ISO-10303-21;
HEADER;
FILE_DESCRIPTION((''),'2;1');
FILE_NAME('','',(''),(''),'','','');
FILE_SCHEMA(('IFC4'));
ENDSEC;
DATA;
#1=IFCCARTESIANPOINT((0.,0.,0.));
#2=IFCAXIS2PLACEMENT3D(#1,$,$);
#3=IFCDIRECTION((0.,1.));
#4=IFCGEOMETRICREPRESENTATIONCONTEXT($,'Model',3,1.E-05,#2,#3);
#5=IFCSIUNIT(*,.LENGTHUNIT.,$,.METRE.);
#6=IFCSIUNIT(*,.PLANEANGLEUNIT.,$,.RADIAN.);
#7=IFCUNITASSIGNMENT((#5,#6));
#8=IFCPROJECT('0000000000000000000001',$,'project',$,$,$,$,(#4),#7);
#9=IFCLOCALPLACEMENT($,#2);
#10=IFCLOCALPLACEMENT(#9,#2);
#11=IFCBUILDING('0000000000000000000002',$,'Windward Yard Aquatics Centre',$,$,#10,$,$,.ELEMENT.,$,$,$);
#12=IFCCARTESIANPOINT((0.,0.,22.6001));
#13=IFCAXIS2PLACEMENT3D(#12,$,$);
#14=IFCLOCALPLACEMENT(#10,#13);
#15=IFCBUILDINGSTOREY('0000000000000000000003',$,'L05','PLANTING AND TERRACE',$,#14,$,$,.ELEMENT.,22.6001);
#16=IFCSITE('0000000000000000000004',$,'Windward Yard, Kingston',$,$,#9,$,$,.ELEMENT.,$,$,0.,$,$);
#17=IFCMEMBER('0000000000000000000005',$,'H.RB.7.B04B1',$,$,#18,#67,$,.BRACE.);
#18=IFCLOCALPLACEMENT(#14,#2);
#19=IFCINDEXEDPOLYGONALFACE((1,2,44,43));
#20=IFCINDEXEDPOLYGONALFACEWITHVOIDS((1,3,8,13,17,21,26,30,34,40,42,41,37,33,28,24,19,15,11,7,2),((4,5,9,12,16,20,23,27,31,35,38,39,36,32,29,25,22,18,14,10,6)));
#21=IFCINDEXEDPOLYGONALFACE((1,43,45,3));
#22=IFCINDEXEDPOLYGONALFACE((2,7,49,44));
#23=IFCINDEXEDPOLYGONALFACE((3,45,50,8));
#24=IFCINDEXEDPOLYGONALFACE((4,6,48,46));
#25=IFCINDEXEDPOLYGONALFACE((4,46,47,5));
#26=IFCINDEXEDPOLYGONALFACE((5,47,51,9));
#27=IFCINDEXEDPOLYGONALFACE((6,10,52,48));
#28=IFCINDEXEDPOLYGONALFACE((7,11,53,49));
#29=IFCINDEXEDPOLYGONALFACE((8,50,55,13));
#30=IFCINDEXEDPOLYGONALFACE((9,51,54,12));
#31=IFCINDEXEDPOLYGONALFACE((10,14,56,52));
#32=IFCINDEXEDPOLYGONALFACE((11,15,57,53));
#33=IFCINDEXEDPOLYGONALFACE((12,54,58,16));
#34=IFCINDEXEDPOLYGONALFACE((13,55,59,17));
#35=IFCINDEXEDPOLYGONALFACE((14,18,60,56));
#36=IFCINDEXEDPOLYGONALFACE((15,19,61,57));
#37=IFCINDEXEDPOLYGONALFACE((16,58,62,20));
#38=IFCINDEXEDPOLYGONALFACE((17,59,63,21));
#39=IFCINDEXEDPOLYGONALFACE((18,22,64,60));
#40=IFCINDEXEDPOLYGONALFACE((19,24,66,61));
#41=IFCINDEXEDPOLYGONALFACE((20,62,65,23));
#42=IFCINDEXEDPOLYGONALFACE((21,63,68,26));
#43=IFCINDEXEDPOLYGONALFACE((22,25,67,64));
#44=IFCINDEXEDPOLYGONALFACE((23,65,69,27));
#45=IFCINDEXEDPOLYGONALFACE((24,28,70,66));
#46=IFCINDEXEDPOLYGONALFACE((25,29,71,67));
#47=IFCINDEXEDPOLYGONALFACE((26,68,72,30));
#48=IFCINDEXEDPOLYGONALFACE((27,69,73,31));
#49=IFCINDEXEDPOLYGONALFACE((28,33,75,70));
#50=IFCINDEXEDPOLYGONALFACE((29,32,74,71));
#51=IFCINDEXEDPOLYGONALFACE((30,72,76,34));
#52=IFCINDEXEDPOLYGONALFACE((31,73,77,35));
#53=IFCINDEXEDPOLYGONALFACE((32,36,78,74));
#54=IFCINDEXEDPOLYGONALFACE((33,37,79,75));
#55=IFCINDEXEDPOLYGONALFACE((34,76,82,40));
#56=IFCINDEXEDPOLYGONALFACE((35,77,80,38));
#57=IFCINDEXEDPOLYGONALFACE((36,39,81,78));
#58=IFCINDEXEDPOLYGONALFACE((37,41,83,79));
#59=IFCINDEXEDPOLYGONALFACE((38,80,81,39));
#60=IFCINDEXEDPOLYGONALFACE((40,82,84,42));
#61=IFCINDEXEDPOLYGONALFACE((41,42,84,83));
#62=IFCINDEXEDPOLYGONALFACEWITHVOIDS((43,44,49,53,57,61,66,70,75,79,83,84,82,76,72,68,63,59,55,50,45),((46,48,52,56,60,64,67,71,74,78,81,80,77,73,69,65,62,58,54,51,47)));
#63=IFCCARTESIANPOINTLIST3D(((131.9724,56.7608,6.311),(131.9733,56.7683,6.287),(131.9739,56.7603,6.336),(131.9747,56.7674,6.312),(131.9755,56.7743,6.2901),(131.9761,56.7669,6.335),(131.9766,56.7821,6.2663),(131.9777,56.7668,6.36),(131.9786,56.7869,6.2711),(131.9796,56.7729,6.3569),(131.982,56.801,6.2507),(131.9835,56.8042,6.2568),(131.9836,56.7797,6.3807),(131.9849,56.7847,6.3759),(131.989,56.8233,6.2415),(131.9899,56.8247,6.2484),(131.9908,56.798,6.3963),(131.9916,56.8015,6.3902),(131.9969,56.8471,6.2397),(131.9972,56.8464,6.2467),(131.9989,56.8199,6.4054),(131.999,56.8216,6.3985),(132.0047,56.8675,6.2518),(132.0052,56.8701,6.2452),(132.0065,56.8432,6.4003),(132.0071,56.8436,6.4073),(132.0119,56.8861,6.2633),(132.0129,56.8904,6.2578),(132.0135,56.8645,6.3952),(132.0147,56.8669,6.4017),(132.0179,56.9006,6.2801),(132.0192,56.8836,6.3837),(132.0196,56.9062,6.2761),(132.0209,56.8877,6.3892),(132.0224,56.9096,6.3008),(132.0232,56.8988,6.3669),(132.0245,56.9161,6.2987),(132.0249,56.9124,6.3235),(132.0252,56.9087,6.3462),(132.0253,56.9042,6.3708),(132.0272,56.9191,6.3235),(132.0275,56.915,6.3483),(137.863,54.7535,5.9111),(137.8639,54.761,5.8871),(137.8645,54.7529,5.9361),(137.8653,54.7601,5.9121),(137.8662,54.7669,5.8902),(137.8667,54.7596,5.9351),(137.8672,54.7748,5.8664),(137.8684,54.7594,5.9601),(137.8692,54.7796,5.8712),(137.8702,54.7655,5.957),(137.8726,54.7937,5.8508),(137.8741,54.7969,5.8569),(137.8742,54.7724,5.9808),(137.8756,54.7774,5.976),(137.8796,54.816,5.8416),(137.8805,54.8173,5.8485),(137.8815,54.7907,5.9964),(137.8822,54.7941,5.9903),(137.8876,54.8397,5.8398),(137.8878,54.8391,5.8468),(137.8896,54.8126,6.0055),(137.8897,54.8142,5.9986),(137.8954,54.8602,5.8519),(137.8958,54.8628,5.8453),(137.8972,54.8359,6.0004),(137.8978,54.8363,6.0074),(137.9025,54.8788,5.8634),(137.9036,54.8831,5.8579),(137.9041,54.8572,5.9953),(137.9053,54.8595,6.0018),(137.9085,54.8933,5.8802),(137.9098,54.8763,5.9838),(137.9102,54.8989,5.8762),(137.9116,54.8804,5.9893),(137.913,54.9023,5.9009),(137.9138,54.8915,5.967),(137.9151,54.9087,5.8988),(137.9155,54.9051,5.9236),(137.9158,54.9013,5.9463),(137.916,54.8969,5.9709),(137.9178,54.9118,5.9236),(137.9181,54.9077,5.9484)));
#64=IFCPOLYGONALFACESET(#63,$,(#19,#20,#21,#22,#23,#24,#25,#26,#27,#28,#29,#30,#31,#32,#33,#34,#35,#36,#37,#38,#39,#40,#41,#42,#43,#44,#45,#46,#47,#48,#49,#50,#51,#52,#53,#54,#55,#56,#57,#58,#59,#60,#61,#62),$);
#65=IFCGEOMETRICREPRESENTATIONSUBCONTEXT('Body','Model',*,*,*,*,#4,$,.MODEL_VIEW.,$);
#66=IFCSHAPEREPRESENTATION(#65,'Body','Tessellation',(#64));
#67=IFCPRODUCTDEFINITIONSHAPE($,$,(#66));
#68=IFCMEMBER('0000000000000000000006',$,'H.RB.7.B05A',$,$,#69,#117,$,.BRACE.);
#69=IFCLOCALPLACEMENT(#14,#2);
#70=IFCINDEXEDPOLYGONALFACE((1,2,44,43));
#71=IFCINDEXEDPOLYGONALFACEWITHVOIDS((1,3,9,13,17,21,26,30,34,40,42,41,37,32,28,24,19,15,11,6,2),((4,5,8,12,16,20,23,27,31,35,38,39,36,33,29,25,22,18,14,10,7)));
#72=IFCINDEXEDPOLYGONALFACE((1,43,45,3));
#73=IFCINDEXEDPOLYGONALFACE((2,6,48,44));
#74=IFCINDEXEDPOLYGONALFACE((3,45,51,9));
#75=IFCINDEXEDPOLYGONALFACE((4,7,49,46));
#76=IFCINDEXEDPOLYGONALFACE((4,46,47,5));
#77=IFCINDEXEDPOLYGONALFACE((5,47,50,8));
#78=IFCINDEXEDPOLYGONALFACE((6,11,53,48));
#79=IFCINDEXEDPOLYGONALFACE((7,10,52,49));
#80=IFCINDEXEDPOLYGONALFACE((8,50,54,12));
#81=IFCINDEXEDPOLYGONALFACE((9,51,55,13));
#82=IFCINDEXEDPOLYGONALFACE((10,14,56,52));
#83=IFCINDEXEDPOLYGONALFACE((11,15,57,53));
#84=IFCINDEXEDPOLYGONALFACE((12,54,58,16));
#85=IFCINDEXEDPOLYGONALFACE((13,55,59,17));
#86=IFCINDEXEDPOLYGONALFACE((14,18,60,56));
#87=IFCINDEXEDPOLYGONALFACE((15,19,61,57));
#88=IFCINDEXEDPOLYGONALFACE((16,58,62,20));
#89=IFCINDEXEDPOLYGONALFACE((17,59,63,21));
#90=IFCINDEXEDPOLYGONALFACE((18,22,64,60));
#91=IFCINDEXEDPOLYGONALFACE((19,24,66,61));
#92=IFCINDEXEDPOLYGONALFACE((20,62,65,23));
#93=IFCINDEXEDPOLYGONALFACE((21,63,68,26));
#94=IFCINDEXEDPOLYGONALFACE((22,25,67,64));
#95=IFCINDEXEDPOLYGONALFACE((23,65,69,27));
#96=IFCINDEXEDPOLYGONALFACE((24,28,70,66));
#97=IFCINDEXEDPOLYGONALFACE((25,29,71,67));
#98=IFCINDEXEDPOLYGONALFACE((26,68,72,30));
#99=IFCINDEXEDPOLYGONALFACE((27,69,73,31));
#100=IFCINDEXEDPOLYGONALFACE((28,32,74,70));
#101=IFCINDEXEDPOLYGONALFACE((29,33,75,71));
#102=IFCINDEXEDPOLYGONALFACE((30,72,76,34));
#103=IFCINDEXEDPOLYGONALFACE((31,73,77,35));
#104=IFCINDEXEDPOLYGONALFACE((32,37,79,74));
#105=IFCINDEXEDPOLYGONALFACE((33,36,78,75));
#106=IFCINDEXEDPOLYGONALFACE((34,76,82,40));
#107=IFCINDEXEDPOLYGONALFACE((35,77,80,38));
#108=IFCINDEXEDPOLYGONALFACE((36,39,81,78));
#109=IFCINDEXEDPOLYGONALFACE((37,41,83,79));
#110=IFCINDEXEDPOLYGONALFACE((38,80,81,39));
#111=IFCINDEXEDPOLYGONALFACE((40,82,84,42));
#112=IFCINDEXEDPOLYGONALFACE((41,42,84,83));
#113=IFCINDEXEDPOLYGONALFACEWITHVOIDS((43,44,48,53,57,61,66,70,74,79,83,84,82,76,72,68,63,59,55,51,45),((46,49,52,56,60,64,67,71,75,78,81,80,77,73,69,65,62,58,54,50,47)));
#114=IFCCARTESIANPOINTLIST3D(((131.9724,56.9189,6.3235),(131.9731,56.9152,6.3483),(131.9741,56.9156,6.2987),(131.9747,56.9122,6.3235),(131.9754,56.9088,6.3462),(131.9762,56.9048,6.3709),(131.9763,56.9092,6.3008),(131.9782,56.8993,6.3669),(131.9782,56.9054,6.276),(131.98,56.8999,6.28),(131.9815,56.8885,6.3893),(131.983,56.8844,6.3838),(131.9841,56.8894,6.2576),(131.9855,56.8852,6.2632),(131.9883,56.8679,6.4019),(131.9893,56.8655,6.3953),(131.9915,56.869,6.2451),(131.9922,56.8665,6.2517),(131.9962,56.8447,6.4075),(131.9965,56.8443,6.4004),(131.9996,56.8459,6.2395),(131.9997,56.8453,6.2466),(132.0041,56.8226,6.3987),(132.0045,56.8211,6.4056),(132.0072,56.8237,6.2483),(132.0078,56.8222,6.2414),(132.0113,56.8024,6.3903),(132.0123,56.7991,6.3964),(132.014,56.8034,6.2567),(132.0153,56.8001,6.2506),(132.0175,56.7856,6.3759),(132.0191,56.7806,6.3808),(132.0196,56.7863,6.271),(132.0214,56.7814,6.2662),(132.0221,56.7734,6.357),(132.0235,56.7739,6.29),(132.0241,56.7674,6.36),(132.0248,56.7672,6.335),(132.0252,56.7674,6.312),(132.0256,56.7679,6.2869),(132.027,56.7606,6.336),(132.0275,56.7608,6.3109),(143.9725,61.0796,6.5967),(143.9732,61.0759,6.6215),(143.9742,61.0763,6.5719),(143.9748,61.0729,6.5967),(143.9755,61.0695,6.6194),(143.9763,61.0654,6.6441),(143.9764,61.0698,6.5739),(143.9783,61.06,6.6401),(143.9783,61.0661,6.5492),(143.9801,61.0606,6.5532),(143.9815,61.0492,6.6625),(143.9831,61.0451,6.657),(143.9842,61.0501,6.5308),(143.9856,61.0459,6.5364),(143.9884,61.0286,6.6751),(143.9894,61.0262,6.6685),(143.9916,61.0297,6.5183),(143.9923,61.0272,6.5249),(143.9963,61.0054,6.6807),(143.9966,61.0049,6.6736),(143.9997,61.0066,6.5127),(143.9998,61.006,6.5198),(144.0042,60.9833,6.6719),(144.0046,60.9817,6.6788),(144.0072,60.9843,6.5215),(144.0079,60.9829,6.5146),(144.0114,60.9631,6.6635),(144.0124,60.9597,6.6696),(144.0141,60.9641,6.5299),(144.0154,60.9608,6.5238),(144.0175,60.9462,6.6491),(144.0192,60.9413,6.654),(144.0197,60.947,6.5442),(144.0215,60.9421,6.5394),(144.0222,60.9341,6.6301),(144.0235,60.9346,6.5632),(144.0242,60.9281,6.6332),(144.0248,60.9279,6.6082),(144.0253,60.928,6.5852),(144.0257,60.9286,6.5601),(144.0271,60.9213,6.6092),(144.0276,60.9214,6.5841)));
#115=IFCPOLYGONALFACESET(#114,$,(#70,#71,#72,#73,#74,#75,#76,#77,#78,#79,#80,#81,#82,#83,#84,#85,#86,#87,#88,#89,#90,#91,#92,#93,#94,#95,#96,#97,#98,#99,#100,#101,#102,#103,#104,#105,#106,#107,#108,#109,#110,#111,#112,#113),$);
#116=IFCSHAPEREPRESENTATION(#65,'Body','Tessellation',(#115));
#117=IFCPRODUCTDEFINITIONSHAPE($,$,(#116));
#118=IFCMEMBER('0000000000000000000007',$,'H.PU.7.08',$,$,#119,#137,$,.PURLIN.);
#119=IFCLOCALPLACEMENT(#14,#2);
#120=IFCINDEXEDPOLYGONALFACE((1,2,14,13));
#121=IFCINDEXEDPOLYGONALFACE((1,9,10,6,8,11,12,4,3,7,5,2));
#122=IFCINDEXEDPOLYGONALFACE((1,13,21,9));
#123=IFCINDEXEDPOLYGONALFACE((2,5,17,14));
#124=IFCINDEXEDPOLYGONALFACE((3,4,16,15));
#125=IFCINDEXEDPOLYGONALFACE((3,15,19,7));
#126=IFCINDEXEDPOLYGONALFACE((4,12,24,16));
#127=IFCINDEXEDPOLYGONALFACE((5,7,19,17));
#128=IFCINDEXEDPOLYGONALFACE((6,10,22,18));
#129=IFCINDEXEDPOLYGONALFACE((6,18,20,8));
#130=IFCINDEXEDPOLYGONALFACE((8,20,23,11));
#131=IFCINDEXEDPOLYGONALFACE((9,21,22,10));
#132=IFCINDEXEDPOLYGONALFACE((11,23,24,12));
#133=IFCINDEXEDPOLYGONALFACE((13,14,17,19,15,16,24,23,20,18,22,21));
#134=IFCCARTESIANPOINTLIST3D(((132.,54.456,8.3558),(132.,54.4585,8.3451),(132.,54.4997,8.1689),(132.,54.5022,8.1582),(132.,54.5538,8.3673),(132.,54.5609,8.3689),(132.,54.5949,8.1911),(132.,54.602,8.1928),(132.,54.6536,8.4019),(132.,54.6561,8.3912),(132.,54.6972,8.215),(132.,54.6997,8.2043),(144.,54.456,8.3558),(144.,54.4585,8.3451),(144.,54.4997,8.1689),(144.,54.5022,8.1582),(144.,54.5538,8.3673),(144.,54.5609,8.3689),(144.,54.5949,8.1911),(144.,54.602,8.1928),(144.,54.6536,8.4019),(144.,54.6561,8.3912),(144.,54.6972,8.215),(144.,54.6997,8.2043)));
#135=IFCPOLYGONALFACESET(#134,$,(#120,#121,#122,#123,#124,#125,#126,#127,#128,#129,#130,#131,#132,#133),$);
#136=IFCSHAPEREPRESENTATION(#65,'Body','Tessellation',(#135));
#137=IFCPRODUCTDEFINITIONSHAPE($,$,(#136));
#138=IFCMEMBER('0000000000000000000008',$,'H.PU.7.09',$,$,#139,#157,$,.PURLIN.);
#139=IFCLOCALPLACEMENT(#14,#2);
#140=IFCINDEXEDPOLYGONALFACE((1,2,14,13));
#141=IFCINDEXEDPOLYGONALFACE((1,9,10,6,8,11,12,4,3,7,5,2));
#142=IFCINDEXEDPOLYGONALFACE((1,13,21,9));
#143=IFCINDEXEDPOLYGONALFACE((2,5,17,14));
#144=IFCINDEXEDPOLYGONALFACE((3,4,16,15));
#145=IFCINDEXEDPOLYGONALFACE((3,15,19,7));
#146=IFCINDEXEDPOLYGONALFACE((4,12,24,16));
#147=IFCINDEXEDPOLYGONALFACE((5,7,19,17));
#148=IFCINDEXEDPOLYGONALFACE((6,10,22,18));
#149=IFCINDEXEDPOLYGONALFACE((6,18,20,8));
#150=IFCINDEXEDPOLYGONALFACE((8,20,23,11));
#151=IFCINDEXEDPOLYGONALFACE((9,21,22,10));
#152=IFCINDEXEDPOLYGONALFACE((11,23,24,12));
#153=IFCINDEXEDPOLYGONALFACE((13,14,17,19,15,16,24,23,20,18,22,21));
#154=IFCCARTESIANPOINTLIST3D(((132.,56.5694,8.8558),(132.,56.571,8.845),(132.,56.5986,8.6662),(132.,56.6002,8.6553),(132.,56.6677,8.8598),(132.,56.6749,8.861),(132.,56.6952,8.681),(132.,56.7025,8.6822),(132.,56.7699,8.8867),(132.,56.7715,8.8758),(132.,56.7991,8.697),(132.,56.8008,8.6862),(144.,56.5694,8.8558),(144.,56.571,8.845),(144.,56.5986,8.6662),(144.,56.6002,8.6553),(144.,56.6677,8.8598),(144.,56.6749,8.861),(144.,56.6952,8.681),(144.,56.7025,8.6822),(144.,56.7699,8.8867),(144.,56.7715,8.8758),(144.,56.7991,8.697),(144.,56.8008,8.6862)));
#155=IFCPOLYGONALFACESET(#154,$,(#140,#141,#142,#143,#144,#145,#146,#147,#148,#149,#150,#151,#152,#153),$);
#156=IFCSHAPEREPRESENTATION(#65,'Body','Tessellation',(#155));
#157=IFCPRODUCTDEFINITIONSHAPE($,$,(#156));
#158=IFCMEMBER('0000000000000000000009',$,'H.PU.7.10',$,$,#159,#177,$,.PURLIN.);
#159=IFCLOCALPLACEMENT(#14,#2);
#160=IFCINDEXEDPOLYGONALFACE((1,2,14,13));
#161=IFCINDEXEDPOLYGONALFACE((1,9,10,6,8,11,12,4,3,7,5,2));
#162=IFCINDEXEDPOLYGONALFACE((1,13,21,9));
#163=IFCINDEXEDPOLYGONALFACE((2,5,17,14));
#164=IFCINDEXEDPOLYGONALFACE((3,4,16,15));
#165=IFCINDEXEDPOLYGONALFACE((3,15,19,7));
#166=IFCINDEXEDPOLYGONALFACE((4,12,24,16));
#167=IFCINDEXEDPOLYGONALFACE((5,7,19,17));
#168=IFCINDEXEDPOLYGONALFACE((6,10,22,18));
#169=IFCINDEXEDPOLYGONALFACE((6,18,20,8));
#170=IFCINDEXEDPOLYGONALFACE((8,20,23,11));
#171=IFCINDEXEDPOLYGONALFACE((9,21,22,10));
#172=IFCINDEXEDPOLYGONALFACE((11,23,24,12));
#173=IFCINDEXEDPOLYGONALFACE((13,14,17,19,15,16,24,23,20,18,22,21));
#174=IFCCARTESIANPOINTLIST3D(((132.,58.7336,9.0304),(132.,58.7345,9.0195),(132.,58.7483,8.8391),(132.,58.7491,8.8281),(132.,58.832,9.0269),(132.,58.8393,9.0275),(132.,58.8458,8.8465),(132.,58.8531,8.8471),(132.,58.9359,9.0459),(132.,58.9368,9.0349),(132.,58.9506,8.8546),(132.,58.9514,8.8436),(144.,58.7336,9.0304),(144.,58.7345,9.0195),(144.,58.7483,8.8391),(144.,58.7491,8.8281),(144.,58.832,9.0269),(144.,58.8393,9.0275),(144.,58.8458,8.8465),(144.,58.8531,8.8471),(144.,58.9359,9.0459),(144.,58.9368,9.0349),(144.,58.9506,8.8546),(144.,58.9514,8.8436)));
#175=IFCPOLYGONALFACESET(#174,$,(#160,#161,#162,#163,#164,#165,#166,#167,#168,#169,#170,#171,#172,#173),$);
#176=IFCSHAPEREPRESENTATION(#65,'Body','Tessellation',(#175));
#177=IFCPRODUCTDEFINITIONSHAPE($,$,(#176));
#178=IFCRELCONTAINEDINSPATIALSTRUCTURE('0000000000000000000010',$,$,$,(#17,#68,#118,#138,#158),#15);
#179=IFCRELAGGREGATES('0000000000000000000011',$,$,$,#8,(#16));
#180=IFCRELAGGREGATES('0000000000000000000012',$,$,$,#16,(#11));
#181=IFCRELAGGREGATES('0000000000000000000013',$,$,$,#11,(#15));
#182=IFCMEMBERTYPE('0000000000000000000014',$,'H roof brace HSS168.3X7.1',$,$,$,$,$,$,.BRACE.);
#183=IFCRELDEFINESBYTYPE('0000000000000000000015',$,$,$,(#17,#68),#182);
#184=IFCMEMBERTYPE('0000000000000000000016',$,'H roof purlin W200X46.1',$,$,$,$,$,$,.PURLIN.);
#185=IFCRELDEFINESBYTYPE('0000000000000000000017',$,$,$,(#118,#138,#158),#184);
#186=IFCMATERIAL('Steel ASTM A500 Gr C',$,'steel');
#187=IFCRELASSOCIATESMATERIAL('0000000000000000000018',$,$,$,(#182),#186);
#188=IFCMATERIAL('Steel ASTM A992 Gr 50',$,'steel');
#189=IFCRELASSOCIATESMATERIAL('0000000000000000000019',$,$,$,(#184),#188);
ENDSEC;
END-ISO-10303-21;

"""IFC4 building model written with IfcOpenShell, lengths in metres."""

from ifc_helpers import new_model, si_unit, direction, frame, origin, origin_2d, place, context, subcontext, project, spatial, hollow_circle, i_section, extrude, material, material_profile, profile_set, type_object, element, save


model = new_model("IFC4")

# Units and contexts
model_context = context("Model", 3, precision=1e-05, world=origin(), true_north=direction((0.0, 1.0)))
body_context = subcontext(model_context, "Body", "Model", "MODEL_VIEW")
ifc_project = project(units=[si_unit("LENGTHUNIT", "METRE"), si_unit("PLANEANGLEUNIT", "RADIAN")], contexts=[model_context])

# Site, building, storey
site_placement = place(None, origin())
site = spatial("IfcSite", under=ifc_project, at=site_placement, Name="Windward Yard, Kingston", CompositionType="ELEMENT", RefElevation=0.0)
building_placement = place(site_placement, origin())
building = spatial("IfcBuilding", under=site, at=building_placement, Name="Windward Yard Aquatics Centre", CompositionType="ELEMENT")
storey_placement = place(building_placement, frame((0.0, 0.0, 22.6001)))
storey = spatial("IfcBuildingStorey", under=building, at=storey_placement, Name="L05", Description="PLANTING AND TERRACE", CompositionType="ELEMENT", Elevation=22.6001)

# Members
ifc_material_1 = material(Name="Steel ASTM A500 Gr C", Category="steel")
ifc_material_profile_1 = material_profile(ifc_material_1, hollow_circle(Radius=0.0842, WallThickness=0.0071, at=origin_2d()), Name="HSS168.3X7.1")
ifc_profile_set_1 = profile_set([ifc_material_profile_1], Name="Steel ASTM A500 Gr C")
member_type_1 = type_object("IfcMemberType", Name="H roof brace HSS168.3X7.1", PredefinedType="BRACE", material=ifc_profile_set_1)
member_1_placement = place(storey_placement, frame((132.0, 56.8394, 6.3235), z_axis=(0.944603, -0.321889, -0.064127), x_axis=(0.322553, 0.946552, 0.0)))
element("IfcMember", 1, at=member_1_placement, inside=storey, type_object=member_type_1, Name="H.RB.7.B04B1", PredefinedType="BRACE", context=body_context, shape_type="SweptSolid", body=[
    extrude(hollow_circle(Radius=0.0842, WallThickness=0.0071, at=origin_2d()), origin(), (0.0, 0.0, 1.0), 6.2361),
])
member_2_placement = place(storey_placement, frame((132.0, 56.8394, 6.3235), z_axis=(0.944602, 0.327513, 0.021505), x_axis=(-0.327589, 0.94482, 0.0)))
element("IfcMember", 2, at=member_2_placement, inside=storey, type_object=member_type_1, Name="H.RB.7.B05A", PredefinedType="BRACE", context=body_context, shape_type="SweptSolid", body=[
    extrude(hollow_circle(Radius=0.0842, WallThickness=0.0071, at=origin_2d()), origin(), (0.0, 0.0, 1.0), 12.7039),
])
ifc_material_2 = material(Name="Steel ASTM A992 Gr 50", Category="steel")
ifc_material_profile_2 = material_profile(ifc_material_2, i_section(OverallWidth=0.2029, OverallDepth=0.2029, WebThickness=0.0073, FlangeThickness=0.011, at=origin_2d()), Name="W200X46.1")
ifc_profile_set_2 = profile_set([ifc_material_profile_2], Name="Steel ASTM A992 Gr 50")
member_type_2 = type_object("IfcMemberType", Name="H roof purlin W200X46.1", PredefinedType="PURLIN", material=ifc_profile_set_2)
for number, where, z_axis, x_axis, name in (
    (3, (132.0, 54.5779, 8.28), (1.0, 0.0, 0.0), (0.0, 0.973829, 0.227281), "H.PU.7.08"),
    (4, (132.0, 56.6851, 8.771), (1.0, 0.0, 0.0), (0.0, 0.98834, 0.152262), "H.PU.7.09"),
    (5, (132.0, 58.8425, 8.937), (1.0, 0.0, 0.0), (0.0, 0.997081, 0.076354), "H.PU.7.10"),
):
    element("IfcMember", number, at=place(storey_placement, frame(where, z_axis=z_axis, x_axis=x_axis)), inside=storey, type_object=member_type_2, Name=name, PredefinedType="PURLIN", context=body_context, shape_type="SweptSolid", body=[
        extrude(i_section(OverallWidth=0.2029, OverallDepth=0.2029, WebThickness=0.0073, FlangeThickness=0.011, at=origin_2d()), origin(), (0.0, 0.0, 1.0), 12.0),
    ])

save(model, "model.ifc")
